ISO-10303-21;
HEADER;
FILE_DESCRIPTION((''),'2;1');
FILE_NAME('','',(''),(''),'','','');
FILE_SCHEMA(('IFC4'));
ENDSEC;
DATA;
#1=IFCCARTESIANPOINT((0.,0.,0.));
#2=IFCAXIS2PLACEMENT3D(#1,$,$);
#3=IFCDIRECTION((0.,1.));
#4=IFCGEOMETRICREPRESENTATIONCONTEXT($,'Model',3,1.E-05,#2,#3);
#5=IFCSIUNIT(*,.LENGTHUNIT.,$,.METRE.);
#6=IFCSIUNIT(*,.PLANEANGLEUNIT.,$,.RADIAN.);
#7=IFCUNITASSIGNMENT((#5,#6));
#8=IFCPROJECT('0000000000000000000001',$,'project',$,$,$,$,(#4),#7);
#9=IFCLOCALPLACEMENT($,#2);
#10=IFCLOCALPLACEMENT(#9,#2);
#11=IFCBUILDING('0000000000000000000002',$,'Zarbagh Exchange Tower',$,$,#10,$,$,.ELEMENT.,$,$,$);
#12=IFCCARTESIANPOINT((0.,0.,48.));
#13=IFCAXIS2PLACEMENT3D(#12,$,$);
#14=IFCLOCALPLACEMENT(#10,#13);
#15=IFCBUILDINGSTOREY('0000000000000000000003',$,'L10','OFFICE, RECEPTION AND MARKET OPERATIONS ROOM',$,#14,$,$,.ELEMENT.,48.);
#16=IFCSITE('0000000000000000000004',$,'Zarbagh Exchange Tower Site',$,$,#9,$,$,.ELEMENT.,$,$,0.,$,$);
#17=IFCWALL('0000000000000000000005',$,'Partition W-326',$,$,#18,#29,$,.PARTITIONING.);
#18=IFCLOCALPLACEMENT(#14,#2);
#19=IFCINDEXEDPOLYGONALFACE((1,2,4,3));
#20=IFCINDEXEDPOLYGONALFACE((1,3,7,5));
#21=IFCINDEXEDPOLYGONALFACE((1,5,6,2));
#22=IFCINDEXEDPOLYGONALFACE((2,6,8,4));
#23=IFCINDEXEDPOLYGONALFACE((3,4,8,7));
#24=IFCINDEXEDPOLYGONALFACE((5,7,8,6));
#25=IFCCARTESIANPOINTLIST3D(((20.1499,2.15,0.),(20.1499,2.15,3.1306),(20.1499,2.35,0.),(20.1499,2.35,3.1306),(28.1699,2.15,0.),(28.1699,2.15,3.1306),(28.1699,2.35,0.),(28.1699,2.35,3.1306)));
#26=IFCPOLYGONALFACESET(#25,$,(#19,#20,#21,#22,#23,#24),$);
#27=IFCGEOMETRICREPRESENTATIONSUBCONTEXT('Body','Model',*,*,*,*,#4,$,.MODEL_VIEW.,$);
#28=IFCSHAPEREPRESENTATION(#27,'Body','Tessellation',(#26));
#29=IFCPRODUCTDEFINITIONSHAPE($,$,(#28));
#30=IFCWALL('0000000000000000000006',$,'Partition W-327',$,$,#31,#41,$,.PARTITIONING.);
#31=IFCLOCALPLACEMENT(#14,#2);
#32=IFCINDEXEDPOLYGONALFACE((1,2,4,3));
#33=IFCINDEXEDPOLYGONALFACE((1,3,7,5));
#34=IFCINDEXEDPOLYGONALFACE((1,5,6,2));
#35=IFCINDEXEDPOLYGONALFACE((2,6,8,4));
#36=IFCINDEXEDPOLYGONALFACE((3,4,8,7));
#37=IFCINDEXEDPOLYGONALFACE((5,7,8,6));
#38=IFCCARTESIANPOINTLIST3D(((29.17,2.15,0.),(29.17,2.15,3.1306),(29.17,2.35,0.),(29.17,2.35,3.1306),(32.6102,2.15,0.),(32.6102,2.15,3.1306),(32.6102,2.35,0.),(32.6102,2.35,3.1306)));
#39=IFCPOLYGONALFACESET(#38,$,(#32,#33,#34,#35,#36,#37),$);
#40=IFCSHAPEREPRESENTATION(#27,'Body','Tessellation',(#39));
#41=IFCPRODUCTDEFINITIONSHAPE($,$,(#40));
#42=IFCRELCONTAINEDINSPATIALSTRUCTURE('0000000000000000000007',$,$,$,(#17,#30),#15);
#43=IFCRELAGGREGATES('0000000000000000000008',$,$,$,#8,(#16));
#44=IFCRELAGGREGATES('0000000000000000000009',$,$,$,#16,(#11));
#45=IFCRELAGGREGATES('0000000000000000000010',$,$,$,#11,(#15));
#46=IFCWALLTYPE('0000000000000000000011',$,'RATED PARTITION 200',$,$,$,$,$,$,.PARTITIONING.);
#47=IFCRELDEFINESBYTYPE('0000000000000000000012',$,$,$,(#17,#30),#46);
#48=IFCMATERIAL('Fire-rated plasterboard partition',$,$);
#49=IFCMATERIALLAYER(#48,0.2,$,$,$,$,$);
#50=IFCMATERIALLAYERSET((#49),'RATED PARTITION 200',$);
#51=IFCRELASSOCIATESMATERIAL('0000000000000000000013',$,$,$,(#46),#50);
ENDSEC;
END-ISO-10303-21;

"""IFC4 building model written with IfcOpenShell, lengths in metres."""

from ifc_helpers import new_model, si_unit, direction, frame, frame_2d, origin, place, context, subcontext, project, spatial, rectangle, extrude, material, layer, layer_set, type_object, element, save


model = new_model("IFC4")

# Units and contexts
model_context = context("Model", 3, precision=1e-05, world=origin(), true_north=direction((0.0, 1.0)))
body_context = subcontext(model_context, "Body", "Model", "MODEL_VIEW")
ifc_project = project(units=[si_unit("LENGTHUNIT", "METRE"), si_unit("PLANEANGLEUNIT", "RADIAN")], contexts=[model_context])

# Site, building, storey
site_placement = place(None, origin())
site = spatial("IfcSite", under=ifc_project, at=site_placement, Name="Zarbagh Exchange Tower Site", CompositionType="ELEMENT", RefElevation=0.0)
building_placement = place(site_placement, origin())
building = spatial("IfcBuilding", under=site, at=building_placement, Name="Zarbagh Exchange Tower", CompositionType="ELEMENT")
storey_placement = place(building_placement, frame((0.0, 0.0, 48.0)))
storey = spatial("IfcBuildingStorey", under=building, at=storey_placement, Name="L10", Description="OFFICE, RECEPTION AND MARKET OPERATIONS ROOM", CompositionType="ELEMENT", Elevation=48.0)

# Shared definitions
ifc_material_1 = material(Name="Fire-rated plasterboard partition")
ifc_layer = layer(ifc_material_1, 0.2)
ifc_layer_set = layer_set([ifc_layer], Name="RATED PARTITION 200")
wall_type = type_object("IfcWallType", Name="RATED PARTITION 200", PredefinedType="PARTITIONING", material=ifc_layer_set)

# Walls
wall_1_placement = place(storey_placement, frame((20.1499, 2.25, 0.0), z_axis=(0.0, 0.0, 1.0), x_axis=(1.0, 0.0, 0.0)))
element("IfcWall", 1, at=wall_1_placement, inside=storey, type_object=wall_type, Name="Partition W-326", PredefinedType="PARTITIONING", context=body_context, shape_type="SweptSolid", body=[
    extrude(rectangle(XDim=8.02, YDim=0.2, at=frame_2d((4.01, 0.0))), origin(), (0.0, 0.0, 1.0), 3.1306),
])
wall_2_placement = place(storey_placement, frame((29.1699, 2.25, 0.0), z_axis=(0.0, 0.0, 1.0), x_axis=(1.0, 0.0, 0.0)))
element("IfcWall", 2, at=wall_2_placement, inside=storey, type_object=wall_type, Name="Partition W-327", PredefinedType="PARTITIONING", context=body_context, shape_type="SweptSolid", body=[
    extrude(rectangle(XDim=3.4402, YDim=0.2, at=frame_2d((1.7202, 0.0))), origin(), (0.0, 0.0, 1.0), 3.1306),
])

save(model, "model.ifc")
